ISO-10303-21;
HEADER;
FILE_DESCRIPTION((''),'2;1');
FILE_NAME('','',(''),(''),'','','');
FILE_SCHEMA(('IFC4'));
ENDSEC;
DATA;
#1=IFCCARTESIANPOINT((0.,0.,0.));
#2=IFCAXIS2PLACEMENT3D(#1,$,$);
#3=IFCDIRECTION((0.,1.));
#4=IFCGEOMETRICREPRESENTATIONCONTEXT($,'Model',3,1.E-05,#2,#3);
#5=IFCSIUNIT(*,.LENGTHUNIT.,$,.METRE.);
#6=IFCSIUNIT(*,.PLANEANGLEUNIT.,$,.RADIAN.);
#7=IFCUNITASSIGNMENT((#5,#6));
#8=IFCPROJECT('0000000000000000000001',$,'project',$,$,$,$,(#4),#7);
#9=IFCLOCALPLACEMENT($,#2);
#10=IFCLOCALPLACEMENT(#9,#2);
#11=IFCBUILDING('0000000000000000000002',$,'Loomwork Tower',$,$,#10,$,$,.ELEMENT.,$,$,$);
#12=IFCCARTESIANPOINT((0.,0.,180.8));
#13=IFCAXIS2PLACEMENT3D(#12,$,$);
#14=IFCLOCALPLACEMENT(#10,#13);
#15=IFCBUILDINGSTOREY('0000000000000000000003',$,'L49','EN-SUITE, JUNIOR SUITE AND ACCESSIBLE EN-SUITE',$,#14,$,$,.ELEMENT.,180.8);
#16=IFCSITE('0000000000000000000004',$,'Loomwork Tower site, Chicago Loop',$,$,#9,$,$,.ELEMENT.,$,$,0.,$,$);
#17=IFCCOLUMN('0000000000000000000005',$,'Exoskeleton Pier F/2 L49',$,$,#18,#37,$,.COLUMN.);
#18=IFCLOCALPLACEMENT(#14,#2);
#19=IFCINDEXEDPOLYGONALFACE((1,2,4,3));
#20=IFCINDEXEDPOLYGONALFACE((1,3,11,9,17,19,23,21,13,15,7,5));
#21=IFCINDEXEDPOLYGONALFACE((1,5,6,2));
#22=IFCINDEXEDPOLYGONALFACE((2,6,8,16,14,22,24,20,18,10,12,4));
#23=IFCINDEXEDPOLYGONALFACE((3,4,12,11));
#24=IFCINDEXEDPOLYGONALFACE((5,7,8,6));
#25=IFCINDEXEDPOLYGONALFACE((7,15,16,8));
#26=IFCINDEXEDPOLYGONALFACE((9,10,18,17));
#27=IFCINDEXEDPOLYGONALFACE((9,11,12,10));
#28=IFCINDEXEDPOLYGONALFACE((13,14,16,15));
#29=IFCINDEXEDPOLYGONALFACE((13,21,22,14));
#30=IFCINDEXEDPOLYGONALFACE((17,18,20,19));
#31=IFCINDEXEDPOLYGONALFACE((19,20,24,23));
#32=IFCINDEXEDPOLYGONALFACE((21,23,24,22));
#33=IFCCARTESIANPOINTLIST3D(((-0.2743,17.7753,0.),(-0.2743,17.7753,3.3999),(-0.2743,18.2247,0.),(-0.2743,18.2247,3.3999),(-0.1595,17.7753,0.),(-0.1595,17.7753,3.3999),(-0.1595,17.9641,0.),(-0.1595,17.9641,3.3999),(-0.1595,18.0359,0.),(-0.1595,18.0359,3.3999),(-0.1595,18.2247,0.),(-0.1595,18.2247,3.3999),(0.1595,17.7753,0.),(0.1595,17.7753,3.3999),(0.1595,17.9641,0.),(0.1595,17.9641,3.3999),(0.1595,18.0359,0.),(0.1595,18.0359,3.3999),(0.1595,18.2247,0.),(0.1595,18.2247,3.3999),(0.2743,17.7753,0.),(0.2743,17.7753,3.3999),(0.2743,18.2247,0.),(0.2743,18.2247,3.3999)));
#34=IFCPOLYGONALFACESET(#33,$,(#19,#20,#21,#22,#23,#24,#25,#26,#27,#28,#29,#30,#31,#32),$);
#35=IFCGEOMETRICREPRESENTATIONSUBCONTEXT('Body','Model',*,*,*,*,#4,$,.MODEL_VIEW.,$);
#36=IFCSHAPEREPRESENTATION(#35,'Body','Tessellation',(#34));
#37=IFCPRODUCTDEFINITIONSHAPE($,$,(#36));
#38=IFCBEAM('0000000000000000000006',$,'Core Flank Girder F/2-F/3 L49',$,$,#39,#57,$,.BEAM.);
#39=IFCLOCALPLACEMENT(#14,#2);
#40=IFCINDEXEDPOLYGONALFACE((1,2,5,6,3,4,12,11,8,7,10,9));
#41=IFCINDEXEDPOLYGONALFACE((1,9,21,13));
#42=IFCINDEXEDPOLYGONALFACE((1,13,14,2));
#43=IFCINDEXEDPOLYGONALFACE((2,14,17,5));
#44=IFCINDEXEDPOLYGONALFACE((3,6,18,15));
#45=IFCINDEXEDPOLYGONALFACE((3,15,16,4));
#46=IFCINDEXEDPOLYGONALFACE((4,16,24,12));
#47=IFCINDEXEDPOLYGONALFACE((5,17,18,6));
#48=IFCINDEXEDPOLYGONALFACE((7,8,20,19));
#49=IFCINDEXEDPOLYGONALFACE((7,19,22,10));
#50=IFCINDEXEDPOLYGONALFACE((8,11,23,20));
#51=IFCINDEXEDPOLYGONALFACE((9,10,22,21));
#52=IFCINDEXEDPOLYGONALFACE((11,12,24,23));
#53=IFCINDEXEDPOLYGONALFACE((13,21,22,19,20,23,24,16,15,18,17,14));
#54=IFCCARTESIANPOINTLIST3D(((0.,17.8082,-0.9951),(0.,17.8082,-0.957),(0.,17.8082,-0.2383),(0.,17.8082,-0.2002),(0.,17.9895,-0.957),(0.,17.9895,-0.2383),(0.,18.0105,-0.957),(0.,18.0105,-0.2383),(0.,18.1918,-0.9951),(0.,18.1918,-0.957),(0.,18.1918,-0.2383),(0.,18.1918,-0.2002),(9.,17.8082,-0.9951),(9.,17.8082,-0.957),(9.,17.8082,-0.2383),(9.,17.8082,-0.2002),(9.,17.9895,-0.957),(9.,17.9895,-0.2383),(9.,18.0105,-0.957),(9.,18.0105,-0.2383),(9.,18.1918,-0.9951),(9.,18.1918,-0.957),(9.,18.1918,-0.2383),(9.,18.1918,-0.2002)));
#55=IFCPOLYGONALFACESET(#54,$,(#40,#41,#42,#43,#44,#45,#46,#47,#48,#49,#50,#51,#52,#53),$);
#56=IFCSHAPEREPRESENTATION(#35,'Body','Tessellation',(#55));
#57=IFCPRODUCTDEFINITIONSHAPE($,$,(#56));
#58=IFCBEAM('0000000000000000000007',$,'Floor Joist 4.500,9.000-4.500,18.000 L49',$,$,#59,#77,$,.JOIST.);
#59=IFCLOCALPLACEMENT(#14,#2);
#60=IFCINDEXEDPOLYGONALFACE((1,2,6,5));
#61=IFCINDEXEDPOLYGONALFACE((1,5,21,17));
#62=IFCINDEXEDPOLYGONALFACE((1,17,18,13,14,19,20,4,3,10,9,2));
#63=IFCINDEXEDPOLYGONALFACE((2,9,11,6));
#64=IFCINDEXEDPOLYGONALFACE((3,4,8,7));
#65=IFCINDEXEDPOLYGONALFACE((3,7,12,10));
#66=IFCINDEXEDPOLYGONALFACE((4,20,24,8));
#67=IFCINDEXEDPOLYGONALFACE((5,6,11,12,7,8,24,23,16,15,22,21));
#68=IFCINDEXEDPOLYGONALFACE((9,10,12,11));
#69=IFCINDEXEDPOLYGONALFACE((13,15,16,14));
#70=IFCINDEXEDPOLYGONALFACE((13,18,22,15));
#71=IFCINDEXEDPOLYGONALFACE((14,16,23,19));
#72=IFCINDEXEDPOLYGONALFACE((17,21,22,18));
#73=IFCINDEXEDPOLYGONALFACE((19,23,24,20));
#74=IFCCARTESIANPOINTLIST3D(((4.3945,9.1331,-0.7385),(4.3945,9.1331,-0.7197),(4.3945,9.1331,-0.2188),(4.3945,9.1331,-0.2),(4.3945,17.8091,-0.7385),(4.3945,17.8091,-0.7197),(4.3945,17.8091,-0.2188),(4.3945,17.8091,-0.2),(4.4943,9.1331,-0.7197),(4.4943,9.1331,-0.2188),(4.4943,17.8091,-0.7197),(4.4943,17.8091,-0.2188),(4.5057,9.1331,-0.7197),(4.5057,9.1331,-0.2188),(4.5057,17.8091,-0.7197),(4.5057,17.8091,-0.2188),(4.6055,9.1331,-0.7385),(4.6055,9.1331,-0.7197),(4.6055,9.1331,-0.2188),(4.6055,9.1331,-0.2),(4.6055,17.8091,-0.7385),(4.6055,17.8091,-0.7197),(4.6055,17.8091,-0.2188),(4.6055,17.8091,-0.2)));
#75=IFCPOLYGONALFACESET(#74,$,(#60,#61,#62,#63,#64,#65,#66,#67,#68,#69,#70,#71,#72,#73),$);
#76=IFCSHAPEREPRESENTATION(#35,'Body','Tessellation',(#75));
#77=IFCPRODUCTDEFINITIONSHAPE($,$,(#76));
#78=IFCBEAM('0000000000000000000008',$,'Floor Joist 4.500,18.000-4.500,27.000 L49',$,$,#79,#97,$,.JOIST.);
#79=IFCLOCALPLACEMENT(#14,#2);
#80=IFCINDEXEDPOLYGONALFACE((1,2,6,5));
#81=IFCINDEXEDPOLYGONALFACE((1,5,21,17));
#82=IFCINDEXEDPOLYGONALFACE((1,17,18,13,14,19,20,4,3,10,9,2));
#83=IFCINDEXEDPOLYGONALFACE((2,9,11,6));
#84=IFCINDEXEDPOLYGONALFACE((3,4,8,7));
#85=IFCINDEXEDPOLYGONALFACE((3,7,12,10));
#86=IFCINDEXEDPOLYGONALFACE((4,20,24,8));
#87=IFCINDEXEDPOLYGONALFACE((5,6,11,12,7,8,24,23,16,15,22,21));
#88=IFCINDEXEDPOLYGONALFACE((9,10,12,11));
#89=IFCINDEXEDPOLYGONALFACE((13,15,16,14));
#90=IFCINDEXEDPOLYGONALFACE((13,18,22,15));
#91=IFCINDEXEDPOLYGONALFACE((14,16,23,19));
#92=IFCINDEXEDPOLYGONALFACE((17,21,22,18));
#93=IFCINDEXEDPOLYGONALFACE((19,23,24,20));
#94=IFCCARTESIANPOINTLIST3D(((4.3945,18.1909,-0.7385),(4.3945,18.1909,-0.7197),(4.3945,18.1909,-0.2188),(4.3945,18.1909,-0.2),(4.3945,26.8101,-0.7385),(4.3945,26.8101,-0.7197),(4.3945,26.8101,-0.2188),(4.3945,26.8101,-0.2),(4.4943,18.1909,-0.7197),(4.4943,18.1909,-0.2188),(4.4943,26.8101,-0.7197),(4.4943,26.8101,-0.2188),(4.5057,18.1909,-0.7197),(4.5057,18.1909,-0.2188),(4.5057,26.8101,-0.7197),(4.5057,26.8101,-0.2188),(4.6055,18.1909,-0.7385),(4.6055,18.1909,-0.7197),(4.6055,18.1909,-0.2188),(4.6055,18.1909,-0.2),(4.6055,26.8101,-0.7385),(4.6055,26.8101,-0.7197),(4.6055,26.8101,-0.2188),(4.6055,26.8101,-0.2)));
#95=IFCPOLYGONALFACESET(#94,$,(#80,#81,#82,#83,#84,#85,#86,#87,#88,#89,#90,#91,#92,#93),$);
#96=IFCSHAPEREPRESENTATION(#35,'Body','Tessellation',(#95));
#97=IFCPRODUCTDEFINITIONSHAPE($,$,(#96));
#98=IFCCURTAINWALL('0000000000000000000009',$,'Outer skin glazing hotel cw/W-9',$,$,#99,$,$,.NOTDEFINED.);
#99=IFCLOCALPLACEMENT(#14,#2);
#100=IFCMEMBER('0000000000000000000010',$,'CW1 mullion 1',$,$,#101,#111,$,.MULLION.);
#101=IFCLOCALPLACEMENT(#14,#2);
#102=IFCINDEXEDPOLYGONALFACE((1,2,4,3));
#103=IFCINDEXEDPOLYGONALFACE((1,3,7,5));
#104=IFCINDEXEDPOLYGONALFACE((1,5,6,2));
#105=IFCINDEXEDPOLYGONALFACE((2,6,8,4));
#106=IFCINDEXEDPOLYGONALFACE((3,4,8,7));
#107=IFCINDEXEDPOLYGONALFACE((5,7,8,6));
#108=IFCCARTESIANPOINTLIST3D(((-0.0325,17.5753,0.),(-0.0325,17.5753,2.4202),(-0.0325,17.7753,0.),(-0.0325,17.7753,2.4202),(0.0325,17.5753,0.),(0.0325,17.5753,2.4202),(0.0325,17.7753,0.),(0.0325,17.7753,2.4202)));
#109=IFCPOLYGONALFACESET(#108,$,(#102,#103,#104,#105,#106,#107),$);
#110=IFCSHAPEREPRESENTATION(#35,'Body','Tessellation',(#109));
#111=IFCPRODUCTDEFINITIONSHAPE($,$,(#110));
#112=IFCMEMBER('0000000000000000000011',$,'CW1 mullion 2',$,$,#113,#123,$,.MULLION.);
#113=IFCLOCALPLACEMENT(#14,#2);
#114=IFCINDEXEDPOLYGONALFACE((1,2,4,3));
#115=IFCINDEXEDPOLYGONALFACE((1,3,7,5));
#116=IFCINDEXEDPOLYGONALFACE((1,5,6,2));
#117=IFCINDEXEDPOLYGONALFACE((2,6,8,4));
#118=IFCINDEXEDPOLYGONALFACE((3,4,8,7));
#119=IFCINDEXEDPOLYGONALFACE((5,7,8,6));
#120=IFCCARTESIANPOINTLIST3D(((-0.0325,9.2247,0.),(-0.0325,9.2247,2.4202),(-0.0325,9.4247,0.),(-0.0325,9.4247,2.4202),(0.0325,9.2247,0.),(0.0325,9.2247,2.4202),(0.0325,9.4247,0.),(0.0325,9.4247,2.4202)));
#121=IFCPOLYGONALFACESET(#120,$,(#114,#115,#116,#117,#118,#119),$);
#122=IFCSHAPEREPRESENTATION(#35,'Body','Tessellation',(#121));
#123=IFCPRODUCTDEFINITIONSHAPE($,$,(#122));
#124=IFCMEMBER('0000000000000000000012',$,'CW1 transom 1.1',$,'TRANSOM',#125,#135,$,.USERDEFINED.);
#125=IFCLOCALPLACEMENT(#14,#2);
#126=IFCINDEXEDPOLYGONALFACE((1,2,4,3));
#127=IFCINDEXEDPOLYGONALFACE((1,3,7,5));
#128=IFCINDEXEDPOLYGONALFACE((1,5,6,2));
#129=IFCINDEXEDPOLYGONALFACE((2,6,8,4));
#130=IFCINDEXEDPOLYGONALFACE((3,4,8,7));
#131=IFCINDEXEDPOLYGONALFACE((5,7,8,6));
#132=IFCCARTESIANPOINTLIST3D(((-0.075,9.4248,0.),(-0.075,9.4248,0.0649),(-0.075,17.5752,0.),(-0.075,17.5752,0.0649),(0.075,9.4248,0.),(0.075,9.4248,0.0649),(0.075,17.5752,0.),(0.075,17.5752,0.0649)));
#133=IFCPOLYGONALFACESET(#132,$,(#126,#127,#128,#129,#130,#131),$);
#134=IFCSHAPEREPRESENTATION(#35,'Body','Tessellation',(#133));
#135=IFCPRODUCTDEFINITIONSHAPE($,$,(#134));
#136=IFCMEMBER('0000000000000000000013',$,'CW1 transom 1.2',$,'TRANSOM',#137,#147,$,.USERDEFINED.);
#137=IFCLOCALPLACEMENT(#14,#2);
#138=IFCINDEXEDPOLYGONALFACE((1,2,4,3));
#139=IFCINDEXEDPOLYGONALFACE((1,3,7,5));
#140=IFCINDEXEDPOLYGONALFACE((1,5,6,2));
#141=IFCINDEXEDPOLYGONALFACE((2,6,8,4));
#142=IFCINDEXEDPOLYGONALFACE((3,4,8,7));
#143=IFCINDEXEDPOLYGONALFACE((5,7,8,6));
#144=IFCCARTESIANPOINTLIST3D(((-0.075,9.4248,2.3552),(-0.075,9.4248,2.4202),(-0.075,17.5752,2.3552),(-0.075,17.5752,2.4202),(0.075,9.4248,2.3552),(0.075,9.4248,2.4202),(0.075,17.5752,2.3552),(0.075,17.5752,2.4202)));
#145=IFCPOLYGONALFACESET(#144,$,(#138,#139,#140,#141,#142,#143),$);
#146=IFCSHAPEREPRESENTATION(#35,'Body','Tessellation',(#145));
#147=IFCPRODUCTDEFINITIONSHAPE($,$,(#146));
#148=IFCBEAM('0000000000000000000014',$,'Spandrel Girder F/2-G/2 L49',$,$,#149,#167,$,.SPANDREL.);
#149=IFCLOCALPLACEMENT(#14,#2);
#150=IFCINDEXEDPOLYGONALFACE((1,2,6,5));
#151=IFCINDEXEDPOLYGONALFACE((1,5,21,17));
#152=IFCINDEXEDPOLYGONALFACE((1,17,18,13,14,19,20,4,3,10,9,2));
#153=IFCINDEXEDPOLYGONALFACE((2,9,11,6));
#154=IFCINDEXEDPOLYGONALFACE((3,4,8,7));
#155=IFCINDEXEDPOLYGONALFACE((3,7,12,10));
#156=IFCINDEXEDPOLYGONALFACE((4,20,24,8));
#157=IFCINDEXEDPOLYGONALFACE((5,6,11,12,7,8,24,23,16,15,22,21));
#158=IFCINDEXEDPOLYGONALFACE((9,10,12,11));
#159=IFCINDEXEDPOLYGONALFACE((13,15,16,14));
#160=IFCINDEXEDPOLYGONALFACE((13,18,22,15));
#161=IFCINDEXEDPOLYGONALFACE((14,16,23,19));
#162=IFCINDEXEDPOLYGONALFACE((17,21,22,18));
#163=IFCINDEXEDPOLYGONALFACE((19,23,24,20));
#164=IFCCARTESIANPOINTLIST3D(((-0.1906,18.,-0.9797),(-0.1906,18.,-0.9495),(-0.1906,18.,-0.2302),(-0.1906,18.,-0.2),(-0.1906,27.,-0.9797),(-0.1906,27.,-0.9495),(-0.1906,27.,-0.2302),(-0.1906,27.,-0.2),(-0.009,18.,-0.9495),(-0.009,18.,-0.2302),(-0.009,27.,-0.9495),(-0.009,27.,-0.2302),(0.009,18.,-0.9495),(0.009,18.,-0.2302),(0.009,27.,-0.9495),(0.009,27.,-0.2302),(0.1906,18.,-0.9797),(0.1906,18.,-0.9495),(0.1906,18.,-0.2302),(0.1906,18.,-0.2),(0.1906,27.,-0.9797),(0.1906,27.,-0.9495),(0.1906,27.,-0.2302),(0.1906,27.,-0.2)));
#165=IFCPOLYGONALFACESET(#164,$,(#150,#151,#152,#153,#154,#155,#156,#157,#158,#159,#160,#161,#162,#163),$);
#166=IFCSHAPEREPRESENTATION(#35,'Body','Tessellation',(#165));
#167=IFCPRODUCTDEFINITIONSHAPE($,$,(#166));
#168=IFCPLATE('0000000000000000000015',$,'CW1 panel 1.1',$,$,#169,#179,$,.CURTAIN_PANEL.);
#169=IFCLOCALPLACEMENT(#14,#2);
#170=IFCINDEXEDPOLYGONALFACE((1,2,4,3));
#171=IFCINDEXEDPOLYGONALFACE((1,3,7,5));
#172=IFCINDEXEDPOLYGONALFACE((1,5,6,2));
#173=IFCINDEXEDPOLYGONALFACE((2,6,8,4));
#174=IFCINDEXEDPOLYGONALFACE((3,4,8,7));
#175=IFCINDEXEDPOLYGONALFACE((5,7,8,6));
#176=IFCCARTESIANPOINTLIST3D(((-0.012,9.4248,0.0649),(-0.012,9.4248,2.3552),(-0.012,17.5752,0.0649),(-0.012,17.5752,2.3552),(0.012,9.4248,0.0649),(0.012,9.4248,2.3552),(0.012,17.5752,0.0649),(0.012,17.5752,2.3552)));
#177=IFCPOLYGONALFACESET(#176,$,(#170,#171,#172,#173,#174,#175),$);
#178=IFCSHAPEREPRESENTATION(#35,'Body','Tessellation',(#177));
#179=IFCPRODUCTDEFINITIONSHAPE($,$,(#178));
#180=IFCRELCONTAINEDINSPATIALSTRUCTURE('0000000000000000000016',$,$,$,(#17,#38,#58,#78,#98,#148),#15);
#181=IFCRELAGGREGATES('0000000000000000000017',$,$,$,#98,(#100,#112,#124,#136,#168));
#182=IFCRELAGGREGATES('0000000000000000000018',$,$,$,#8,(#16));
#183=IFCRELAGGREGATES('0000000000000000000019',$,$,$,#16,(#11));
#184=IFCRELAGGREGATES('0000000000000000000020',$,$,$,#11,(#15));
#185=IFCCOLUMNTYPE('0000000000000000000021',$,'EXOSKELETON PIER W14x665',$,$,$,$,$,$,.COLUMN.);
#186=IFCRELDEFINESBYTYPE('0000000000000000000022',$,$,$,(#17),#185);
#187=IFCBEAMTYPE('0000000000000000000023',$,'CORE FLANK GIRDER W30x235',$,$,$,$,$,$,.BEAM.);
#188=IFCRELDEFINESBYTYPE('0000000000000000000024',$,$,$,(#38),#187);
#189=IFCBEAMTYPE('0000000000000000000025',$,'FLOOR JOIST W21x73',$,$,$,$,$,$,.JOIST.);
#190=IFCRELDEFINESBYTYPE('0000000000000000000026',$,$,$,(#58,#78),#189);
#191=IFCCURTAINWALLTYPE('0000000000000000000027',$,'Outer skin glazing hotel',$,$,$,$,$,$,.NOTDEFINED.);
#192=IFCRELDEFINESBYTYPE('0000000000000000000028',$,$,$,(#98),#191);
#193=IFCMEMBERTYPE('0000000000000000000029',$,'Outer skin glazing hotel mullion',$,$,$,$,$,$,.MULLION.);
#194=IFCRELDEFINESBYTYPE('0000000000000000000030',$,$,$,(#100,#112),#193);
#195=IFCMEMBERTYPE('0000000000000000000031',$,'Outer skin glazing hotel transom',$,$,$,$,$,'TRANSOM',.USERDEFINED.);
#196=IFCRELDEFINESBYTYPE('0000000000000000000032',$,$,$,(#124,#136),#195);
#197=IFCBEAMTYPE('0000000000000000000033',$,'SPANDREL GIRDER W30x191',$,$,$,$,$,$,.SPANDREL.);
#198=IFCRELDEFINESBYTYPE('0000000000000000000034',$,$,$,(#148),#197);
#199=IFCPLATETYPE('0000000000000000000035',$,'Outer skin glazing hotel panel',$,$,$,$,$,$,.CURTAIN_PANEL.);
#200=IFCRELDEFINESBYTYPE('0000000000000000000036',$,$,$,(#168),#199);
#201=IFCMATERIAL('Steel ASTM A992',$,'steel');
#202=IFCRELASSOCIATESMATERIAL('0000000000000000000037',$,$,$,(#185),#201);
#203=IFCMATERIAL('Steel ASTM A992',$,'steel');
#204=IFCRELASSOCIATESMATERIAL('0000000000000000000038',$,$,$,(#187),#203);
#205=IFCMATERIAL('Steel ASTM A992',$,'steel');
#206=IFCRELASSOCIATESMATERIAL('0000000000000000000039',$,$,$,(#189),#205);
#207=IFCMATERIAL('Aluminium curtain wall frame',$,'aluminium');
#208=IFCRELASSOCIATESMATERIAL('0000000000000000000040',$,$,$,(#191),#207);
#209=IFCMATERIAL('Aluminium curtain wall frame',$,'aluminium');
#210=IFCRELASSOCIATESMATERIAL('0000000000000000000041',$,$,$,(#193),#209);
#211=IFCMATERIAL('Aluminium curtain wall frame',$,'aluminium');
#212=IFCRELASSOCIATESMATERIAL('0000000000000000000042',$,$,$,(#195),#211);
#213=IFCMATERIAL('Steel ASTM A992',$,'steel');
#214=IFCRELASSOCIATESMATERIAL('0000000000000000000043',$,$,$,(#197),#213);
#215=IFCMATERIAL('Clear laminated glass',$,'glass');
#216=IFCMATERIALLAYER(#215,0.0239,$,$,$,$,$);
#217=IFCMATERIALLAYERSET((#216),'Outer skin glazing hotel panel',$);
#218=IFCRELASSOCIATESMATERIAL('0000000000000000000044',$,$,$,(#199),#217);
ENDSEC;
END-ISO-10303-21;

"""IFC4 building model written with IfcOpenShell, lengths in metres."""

from ifc_helpers import new_model, si_unit, direction, frame, origin, origin_2d, place, context, subcontext, project, spatial, rectangle, i_section, extrude, material, layer, layer_set, material_profile, profile_set, type_object, element, aggregate, save


model = new_model("IFC4")

# Units and contexts
model_context = context("Model", 3, precision=1e-05, world=origin(), true_north=direction((0.0, 1.0)))
body_context = subcontext(model_context, "Body", "Model", "MODEL_VIEW")
ifc_project = project(units=[si_unit("LENGTHUNIT", "METRE"), si_unit("PLANEANGLEUNIT", "RADIAN")], contexts=[model_context])

# Site, building, storey
site_placement = place(None, origin())
site = spatial("IfcSite", under=ifc_project, at=site_placement, Name="Loomwork Tower site, Chicago Loop", CompositionType="ELEMENT", RefElevation=0.0)
building_placement = place(site_placement, origin())
building = spatial("IfcBuilding", under=site, at=building_placement, Name="Loomwork Tower", CompositionType="ELEMENT")
storey_placement = place(building_placement, frame((0.0, 0.0, 180.8)))
storey = spatial("IfcBuildingStorey", under=building, at=storey_placement, Name="L49", Description="EN-SUITE, JUNIOR SUITE AND ACCESSIBLE EN-SUITE", CompositionType="ELEMENT", Elevation=180.8)

# Column
ifc_material_1 = material(Name="Steel ASTM A992", Category="steel")
ifc_material_profile_1 = material_profile(ifc_material_1, i_section(OverallWidth=0.4495, OverallDepth=0.5486, WebThickness=0.0718, FlangeThickness=0.1147, at=origin_2d()), Name="W14x665")
ifc_profile_set_1 = profile_set([ifc_material_profile_1], Name="Steel ASTM A992")
column_type = type_object("IfcColumnType", Name="EXOSKELETON PIER W14x665", PredefinedType="COLUMN", material=ifc_profile_set_1)
column_placement = place(storey_placement, frame((0.0, 18.0, 0.0), z_axis=(0.0, 0.0, 1.0), x_axis=(0.0, 1.0, 0.0)))
element("IfcColumn", 1, at=column_placement, inside=storey, type_object=column_type, Name="Exoskeleton Pier F/2 L49", PredefinedType="COLUMN", context=body_context, shape_type="SweptSolid", body=[
    extrude(i_section(OverallWidth=0.4495, OverallDepth=0.5486, WebThickness=0.0718, FlangeThickness=0.1147, at=origin_2d()), origin(), (0.0, 0.0, 1.0), 3.3999),
])

# Beams
ifc_material_2 = material(Name="Steel ASTM A992", Category="steel")
ifc_material_profile_2 = material_profile(ifc_material_2, i_section(OverallWidth=0.3835, OverallDepth=0.7949, WebThickness=0.021, FlangeThickness=0.0381, at=origin_2d()), Name="W30x235")
ifc_profile_set_2 = profile_set([ifc_material_profile_2], Name="Steel ASTM A992")
beam_type_1 = type_object("IfcBeamType", Name="CORE FLANK GIRDER W30x235", PredefinedType="BEAM", material=ifc_profile_set_2)
beam_1_placement = place(storey_placement, frame((0.0, 18.0, -0.5977), z_axis=(1.0, 0.0, 0.0), x_axis=(0.0, 1.0, 0.0)))
element("IfcBeam", 2, at=beam_1_placement, inside=storey, type_object=beam_type_1, Name="Core Flank Girder F/2-F/3 L49", PredefinedType="BEAM", context=body_context, shape_type="SweptSolid", body=[
    extrude(i_section(OverallWidth=0.3835, OverallDepth=0.7949, WebThickness=0.021, FlangeThickness=0.0381, at=origin_2d()), origin(), (0.0, 0.0, 1.0), 9.0),
])
ifc_material_3 = material(Name="Steel ASTM A992", Category="steel")
ifc_material_profile_3 = material_profile(ifc_material_3, i_section(OverallWidth=0.2109, OverallDepth=0.5386, WebThickness=0.0115, FlangeThickness=0.0188, at=origin_2d()), Name="W21x73")
ifc_profile_set_3 = profile_set([ifc_material_profile_3], Name="Steel ASTM A992")
beam_type_2 = type_object("IfcBeamType", Name="FLOOR JOIST W21x73", PredefinedType="JOIST", material=ifc_profile_set_3)
beam_2_placement = place(storey_placement, frame((4.5, 9.1331, -0.4692), z_axis=(0.0, 1.0, 0.0), x_axis=(-1.0, 0.0, 0.0)))
element("IfcBeam", 3, at=beam_2_placement, inside=storey, type_object=beam_type_2, Name="Floor Joist 4.500,9.000-4.500,18.000 L49", PredefinedType="JOIST", context=body_context, shape_type="SweptSolid", body=[
    extrude(i_section(OverallWidth=0.2109, OverallDepth=0.5386, WebThickness=0.0115, FlangeThickness=0.0188, at=origin_2d()), origin(), (0.0, 0.0, 1.0), 8.676),
])
beam_3_placement = place(storey_placement, frame((4.5, 18.1909, -0.4692), z_axis=(0.0, 1.0, 0.0), x_axis=(-1.0, 0.0, 0.0)))
element("IfcBeam", 4, at=beam_3_placement, inside=storey, type_object=beam_type_2, Name="Floor Joist 4.500,18.000-4.500,27.000 L49", PredefinedType="JOIST", context=body_context, shape_type="SweptSolid", body=[
    extrude(i_section(OverallWidth=0.2109, OverallDepth=0.5386, WebThickness=0.0115, FlangeThickness=0.0188, at=origin_2d()), origin(), (0.0, 0.0, 1.0), 8.6191),
])

# Curtain wall, members
ifc_material_4 = material(Name="Aluminium curtain wall frame", Category="aluminium")
curtain_wall_type = type_object("IfcCurtainWallType", Name="Outer skin glazing hotel", PredefinedType="NOTDEFINED", material=ifc_material_4)
curtain_wall_placement = place(storey_placement, origin())
curtain_wall = element("IfcCurtainWall", 5, at=curtain_wall_placement, inside=storey, type_object=curtain_wall_type, Name="Outer skin glazing hotel cw/W-9", PredefinedType="NOTDEFINED")
ifc_material_5 = material(Name="Aluminium curtain wall frame", Category="aluminium")
ifc_material_profile_4 = material_profile(ifc_material_5, rectangle(XDim=0.0649, YDim=0.2, at=origin_2d()), Name="AL 65x200")
ifc_profile_set_4 = profile_set([ifc_material_profile_4], Name="Aluminium curtain wall frame")
member_type_1 = type_object("IfcMemberType", Name="Outer skin glazing hotel mullion", PredefinedType="MULLION", material=ifc_profile_set_4)
member_1_placement = place(storey_placement, frame((0.0, 17.6753, 0.0), z_axis=(0.0, 0.0, 1.0), x_axis=(1.0, 0.0, 0.0)))
member_1 = element("IfcMember", 6, at=member_1_placement, type_object=member_type_1, Name="CW1 mullion 1", PredefinedType="MULLION", context=body_context, shape_type="SweptSolid", body=[
    extrude(rectangle(XDim=0.0649, YDim=0.2, at=origin_2d()), origin(), (0.0, 0.0, 1.0), 2.4202),
])
member_2_placement = place(storey_placement, frame((0.0, 9.3247, 0.0), z_axis=(0.0, 0.0, 1.0), x_axis=(1.0, 0.0, 0.0)))
member_2 = element("IfcMember", 7, at=member_2_placement, type_object=member_type_1, Name="CW1 mullion 2", PredefinedType="MULLION", context=body_context, shape_type="SweptSolid", body=[
    extrude(rectangle(XDim=0.0649, YDim=0.2, at=origin_2d()), origin(), (0.0, 0.0, 1.0), 2.4202),
])
ifc_material_6 = material(Name="Aluminium curtain wall frame", Category="aluminium")
ifc_material_profile_5 = material_profile(ifc_material_6, rectangle(XDim=0.1499, YDim=0.0649, at=origin_2d()), Name="AL 65x150")
ifc_profile_set_5 = profile_set([ifc_material_profile_5], Name="Aluminium curtain wall frame")
member_type_2 = type_object("IfcMemberType", Name="Outer skin glazing hotel transom", ElementType="TRANSOM", PredefinedType="USERDEFINED", material=ifc_profile_set_5)
member_3_placement = place(storey_placement, frame((0.0, 17.5752, 0.0325), z_axis=(0.0, -1.0, 0.0), x_axis=(1.0, 0.0, 0.0)))
member_3 = element("IfcMember", 8, at=member_3_placement, type_object=member_type_2, Name="CW1 transom 1.1", ObjectType="TRANSOM", PredefinedType="USERDEFINED", context=body_context, shape_type="SweptSolid", body=[
    extrude(rectangle(XDim=0.1499, YDim=0.0649, at=origin_2d()), origin(), (0.0, 0.0, 1.0), 8.1504),
])
member_4_placement = place(storey_placement, frame((0.0, 17.5752, 2.3877), z_axis=(0.0, -1.0, 0.0), x_axis=(1.0, 0.0, 0.0)))
member_4 = element("IfcMember", 9, at=member_4_placement, type_object=member_type_2, Name="CW1 transom 1.2", ObjectType="TRANSOM", PredefinedType="USERDEFINED", context=body_context, shape_type="SweptSolid", body=[
    extrude(rectangle(XDim=0.1499, YDim=0.0649, at=origin_2d()), origin(), (0.0, 0.0, 1.0), 8.1504),
])

# Beam
ifc_material_7 = material(Name="Steel ASTM A992", Category="steel")
ifc_material_profile_6 = material_profile(ifc_material_7, i_section(OverallWidth=0.3811, OverallDepth=0.7798, WebThickness=0.0181, FlangeThickness=0.0303, at=origin_2d()), Name="W30x191")
ifc_profile_set_6 = profile_set([ifc_material_profile_6], Name="Steel ASTM A992")
beam_type_3 = type_object("IfcBeamType", Name="SPANDREL GIRDER W30x191", PredefinedType="SPANDREL", material=ifc_profile_set_6)
beam_4_placement = place(storey_placement, frame((0.0, 18.0, -0.5898), z_axis=(0.0, 1.0, 0.0), x_axis=(-1.0, 0.0, 0.0)))
element("IfcBeam", 10, at=beam_4_placement, inside=storey, type_object=beam_type_3, Name="Spandrel Girder F/2-G/2 L49", PredefinedType="SPANDREL", context=body_context, shape_type="SweptSolid", body=[
    extrude(i_section(OverallWidth=0.3811, OverallDepth=0.7798, WebThickness=0.0181, FlangeThickness=0.0303, at=origin_2d()), origin(), (0.0, 0.0, 1.0), 9.0),
])

# Plate
ifc_material_8 = material(Name="Clear laminated glass", Category="glass")
ifc_layer_1 = layer(ifc_material_8, 0.0239)
ifc_layer_set_1 = layer_set([ifc_layer_1], Name="Outer skin glazing hotel panel")
plate_type = type_object("IfcPlateType", Name="Outer skin glazing hotel panel", PredefinedType="CURTAIN_PANEL", material=ifc_layer_set_1)
plate_placement = place(storey_placement, frame((0.0, 13.5, 0.0649), z_axis=(0.0, 0.0, 1.0), x_axis=(0.0, -1.0, 0.0)))
plate = element("IfcPlate", 11, at=plate_placement, type_object=plate_type, Name="CW1 panel 1.1", PredefinedType="CURTAIN_PANEL", context=body_context, shape_type="SweptSolid", body=[
    extrude(rectangle(XDim=8.1504, YDim=0.0239, at=origin_2d()), origin(), (0.0, 0.0, 1.0), 2.2903),
])
aggregate(curtain_wall, [member_1, member_2, member_3, member_4, plate])

save(model, "model.ifc")
